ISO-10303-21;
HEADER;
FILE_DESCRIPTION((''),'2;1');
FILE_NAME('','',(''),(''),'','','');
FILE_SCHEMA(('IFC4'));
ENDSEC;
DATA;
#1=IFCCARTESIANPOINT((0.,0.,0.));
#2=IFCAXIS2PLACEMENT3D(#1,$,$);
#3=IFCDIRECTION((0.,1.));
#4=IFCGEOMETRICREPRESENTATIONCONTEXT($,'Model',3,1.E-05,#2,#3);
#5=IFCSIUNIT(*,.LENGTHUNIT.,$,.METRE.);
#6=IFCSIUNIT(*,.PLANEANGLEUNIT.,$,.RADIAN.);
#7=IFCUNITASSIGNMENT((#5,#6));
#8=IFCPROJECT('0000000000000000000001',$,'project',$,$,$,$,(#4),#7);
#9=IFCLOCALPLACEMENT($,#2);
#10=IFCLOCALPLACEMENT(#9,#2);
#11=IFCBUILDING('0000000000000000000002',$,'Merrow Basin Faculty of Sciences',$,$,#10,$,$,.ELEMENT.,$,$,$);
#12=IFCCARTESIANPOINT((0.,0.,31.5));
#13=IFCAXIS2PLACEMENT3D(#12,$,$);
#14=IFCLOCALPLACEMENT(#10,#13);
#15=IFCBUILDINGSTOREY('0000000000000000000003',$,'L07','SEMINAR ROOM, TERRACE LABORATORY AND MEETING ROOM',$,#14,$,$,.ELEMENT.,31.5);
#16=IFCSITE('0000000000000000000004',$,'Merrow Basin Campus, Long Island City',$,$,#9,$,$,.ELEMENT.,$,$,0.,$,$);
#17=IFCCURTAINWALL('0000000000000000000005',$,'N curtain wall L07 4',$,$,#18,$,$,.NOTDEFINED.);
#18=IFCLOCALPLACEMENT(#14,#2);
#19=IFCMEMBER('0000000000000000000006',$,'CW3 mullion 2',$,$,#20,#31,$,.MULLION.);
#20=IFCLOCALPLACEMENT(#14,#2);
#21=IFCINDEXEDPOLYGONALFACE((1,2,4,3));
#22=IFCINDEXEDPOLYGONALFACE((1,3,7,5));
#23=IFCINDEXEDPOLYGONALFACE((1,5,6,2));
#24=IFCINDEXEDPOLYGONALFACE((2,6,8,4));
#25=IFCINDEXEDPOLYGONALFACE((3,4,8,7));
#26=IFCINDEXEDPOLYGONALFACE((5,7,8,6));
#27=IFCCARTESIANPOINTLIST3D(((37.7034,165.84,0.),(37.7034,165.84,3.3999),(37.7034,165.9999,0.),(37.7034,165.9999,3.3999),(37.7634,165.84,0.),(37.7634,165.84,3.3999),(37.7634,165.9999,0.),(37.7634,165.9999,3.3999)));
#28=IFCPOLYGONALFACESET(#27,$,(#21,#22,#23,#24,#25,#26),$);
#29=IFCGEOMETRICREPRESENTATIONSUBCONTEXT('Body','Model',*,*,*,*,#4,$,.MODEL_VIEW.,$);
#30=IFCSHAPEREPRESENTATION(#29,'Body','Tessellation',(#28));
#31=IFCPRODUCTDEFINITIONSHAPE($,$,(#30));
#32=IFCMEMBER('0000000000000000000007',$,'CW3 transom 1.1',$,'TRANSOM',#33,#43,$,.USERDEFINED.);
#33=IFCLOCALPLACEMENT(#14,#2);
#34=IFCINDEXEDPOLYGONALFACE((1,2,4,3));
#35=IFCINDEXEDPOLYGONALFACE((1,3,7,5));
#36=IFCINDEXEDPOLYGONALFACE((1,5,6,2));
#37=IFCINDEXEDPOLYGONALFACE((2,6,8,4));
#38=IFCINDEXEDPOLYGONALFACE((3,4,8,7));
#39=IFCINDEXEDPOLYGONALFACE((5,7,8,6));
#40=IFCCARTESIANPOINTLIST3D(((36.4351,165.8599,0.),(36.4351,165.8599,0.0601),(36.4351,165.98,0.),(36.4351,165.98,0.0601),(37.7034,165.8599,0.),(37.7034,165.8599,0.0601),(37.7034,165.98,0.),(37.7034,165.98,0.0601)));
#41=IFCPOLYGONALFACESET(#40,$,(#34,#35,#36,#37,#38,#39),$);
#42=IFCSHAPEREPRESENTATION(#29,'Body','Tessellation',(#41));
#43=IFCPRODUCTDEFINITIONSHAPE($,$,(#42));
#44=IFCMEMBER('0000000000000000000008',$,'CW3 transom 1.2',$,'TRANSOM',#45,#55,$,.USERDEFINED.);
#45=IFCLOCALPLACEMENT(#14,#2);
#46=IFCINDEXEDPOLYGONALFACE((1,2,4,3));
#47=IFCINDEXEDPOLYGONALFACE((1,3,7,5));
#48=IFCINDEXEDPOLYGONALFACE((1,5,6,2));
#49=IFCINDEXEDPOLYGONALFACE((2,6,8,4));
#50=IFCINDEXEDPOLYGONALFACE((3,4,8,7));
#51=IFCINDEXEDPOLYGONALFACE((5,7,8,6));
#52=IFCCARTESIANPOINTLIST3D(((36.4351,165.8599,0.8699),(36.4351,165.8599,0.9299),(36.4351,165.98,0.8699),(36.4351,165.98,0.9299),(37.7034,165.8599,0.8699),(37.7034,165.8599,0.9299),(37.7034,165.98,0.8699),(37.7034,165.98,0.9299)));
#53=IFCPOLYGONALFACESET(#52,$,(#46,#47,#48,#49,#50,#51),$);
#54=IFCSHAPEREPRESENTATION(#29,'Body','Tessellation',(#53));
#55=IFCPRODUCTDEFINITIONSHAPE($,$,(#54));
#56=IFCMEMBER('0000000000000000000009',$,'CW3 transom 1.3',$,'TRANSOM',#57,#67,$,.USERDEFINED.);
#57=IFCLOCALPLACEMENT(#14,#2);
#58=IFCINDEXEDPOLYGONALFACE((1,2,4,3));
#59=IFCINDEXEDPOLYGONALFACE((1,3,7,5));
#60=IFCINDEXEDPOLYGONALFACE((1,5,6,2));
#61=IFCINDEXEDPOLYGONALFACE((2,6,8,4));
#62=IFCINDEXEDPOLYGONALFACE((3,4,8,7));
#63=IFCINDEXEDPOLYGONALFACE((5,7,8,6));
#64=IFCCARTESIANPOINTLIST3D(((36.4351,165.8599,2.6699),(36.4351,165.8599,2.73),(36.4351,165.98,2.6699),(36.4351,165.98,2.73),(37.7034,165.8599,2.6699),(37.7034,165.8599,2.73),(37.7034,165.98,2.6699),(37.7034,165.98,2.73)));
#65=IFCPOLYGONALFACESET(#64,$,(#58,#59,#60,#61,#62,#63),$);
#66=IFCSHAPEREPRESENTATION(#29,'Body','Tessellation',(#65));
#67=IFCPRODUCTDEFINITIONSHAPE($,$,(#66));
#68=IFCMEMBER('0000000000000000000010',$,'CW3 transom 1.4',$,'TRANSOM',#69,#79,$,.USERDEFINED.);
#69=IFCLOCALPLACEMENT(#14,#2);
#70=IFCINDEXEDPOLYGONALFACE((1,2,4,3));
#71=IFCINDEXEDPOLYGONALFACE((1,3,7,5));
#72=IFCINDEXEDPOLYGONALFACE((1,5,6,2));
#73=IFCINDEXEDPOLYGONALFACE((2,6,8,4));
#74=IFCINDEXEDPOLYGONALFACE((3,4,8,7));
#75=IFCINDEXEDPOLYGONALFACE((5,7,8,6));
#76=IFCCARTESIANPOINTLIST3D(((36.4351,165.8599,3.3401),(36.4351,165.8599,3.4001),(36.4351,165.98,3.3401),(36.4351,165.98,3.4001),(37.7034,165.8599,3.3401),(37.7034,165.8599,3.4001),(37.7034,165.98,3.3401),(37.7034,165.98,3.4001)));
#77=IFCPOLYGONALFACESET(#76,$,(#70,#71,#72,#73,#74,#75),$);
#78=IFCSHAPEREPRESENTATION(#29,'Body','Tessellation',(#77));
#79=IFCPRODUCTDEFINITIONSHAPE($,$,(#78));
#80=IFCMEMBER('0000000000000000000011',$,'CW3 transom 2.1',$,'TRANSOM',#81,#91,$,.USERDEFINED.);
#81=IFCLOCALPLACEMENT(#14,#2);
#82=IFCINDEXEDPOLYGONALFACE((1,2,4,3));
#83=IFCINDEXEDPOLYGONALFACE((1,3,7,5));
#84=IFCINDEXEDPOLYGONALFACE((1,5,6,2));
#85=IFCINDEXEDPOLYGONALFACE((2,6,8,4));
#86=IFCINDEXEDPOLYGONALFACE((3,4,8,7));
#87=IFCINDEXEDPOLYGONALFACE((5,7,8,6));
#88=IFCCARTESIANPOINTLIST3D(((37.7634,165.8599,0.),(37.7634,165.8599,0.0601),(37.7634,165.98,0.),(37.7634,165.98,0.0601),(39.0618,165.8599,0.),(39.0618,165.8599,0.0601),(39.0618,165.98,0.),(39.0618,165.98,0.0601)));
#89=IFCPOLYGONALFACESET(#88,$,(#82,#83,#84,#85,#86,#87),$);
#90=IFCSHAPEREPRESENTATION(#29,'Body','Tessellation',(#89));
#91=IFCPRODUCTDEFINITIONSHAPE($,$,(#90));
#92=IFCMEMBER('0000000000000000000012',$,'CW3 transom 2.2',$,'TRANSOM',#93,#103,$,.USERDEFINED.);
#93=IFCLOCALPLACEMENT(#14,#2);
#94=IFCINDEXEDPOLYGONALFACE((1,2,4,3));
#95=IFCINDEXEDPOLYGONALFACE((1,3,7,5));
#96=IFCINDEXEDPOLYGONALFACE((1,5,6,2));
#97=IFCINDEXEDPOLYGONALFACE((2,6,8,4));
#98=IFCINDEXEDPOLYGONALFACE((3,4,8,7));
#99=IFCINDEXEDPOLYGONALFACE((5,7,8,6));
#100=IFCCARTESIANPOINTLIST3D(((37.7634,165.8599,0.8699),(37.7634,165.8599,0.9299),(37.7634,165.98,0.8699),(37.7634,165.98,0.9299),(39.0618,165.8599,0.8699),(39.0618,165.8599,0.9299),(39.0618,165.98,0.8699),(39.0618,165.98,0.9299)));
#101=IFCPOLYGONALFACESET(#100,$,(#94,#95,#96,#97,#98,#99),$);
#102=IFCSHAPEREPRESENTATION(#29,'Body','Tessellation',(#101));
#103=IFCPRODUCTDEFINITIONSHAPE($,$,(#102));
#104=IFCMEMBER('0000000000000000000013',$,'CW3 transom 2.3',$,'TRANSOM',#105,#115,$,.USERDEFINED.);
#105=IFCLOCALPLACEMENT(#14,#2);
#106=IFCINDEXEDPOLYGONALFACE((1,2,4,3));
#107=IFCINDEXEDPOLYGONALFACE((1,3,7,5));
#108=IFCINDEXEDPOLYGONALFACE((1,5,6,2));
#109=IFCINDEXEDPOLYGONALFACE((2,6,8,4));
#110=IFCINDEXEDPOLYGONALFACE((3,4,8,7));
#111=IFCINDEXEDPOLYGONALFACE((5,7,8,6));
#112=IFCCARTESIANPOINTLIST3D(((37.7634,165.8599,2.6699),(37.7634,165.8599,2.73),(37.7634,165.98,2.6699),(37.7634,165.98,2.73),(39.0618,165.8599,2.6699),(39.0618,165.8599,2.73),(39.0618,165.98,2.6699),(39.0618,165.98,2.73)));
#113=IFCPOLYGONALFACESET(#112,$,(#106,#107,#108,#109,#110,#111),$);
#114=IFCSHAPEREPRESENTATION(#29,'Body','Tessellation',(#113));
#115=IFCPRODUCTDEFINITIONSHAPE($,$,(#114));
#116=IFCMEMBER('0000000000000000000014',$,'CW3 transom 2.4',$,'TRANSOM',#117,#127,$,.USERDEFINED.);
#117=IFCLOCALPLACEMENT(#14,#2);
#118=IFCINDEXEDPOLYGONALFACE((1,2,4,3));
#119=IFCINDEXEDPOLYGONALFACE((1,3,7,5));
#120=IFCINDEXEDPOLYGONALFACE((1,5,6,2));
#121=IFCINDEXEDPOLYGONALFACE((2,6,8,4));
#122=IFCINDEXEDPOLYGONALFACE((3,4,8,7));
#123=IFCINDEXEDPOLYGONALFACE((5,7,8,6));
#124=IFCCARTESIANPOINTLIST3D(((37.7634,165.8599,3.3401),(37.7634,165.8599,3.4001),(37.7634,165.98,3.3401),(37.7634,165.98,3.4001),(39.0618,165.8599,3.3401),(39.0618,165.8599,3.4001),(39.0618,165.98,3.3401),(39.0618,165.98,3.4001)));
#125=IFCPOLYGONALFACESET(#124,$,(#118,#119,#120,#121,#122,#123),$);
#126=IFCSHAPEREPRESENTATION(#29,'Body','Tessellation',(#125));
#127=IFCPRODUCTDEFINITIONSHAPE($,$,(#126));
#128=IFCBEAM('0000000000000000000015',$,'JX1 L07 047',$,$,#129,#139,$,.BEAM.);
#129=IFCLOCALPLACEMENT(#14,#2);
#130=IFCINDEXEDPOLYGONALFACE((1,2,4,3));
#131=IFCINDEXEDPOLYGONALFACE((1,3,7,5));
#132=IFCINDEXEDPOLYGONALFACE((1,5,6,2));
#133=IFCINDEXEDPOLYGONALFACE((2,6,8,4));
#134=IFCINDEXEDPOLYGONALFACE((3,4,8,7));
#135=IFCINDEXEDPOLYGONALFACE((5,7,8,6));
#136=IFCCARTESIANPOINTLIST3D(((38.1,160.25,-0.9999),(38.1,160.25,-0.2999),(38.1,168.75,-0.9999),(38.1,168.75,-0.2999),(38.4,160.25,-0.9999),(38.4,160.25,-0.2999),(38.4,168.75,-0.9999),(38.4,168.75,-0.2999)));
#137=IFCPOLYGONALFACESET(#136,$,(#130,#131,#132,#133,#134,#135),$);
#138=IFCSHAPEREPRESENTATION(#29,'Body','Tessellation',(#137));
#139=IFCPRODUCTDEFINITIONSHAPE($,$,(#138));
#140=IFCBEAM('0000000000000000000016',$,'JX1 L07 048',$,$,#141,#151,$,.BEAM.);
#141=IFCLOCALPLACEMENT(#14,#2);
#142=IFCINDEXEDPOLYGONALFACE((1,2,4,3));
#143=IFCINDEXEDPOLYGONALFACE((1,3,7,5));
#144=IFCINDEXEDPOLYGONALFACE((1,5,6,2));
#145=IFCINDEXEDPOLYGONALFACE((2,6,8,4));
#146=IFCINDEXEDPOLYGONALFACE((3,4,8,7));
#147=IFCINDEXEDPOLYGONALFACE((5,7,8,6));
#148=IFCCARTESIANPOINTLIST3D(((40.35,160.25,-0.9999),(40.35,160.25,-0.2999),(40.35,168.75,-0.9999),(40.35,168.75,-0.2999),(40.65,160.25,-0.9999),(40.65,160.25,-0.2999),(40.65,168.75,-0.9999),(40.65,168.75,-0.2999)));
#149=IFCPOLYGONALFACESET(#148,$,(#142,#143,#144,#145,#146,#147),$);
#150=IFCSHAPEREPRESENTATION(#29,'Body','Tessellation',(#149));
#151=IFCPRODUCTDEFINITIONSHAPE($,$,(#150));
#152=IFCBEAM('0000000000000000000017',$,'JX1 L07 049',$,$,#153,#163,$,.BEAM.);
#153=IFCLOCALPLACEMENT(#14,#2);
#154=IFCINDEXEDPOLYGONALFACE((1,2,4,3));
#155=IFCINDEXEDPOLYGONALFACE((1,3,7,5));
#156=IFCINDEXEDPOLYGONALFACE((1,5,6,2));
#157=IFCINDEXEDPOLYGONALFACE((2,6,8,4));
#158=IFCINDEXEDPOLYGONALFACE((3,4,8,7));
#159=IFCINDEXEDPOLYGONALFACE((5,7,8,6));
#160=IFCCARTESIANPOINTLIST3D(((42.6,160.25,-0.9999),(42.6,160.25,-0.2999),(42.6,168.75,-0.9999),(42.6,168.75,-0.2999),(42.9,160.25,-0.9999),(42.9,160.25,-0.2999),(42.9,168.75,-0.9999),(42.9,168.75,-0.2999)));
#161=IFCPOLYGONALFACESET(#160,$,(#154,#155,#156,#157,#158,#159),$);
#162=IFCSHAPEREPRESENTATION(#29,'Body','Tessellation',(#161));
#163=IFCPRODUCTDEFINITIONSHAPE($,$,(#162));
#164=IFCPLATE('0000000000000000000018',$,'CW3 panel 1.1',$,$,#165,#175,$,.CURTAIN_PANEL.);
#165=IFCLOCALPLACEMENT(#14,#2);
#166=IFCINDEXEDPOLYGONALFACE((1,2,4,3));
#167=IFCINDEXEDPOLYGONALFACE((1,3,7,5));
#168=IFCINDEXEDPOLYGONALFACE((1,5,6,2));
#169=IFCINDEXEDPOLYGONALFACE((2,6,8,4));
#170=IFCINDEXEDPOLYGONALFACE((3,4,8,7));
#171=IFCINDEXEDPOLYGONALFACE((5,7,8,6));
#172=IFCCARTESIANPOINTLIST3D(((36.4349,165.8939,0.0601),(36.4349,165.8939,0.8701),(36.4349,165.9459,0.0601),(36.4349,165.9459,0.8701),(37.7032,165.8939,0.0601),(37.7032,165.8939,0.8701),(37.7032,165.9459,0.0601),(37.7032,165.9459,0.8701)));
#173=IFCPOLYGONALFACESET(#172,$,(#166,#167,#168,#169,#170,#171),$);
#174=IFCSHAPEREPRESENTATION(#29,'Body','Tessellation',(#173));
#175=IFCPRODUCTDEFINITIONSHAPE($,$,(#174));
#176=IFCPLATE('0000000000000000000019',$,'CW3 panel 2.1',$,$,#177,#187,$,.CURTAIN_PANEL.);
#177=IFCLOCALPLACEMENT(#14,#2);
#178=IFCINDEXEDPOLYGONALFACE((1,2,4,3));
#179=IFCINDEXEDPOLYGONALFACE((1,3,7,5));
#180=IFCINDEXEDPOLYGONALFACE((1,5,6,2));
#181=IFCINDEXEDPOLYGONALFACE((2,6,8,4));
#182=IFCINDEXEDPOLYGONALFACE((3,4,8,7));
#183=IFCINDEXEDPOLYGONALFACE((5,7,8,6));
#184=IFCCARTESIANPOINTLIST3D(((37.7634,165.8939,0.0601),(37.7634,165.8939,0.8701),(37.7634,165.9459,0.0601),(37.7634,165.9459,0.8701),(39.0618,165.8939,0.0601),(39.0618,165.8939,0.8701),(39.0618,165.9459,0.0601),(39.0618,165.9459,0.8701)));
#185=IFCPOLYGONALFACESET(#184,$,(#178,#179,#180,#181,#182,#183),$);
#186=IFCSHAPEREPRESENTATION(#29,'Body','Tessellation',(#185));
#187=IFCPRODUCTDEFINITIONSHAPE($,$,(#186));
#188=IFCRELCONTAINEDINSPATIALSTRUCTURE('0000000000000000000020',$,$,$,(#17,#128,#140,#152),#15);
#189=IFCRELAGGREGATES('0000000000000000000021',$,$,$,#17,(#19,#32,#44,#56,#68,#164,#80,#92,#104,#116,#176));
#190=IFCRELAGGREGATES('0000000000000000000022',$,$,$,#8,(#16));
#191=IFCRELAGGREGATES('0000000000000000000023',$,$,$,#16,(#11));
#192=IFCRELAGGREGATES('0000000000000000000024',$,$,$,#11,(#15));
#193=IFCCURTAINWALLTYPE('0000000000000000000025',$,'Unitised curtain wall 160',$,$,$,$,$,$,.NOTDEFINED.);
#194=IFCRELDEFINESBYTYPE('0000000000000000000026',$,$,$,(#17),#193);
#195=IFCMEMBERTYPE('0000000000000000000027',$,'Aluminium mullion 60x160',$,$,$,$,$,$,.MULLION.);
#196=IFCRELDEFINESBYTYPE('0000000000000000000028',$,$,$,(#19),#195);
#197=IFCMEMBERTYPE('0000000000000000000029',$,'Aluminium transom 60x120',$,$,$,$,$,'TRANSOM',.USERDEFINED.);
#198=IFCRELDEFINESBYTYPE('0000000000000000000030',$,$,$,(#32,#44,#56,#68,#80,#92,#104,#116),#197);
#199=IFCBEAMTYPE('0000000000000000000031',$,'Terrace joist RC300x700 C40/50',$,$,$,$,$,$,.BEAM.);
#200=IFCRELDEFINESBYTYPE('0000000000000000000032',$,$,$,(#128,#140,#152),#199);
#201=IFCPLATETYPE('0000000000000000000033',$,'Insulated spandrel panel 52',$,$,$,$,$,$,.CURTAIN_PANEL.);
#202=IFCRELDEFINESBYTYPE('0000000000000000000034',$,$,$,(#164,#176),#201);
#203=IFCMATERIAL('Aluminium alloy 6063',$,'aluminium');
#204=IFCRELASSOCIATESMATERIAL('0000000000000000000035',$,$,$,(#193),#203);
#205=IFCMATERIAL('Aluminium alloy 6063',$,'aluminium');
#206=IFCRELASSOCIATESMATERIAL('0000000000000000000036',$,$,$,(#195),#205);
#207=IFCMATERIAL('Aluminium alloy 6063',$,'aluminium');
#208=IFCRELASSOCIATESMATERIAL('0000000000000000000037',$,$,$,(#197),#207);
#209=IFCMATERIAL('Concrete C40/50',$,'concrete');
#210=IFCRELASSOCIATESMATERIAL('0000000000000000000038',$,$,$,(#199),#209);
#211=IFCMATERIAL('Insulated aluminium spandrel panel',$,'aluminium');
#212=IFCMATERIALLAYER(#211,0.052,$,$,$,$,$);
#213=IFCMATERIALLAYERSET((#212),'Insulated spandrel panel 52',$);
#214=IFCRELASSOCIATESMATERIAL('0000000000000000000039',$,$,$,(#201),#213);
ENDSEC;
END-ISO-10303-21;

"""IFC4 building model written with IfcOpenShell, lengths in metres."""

from ifc_helpers import new_model, si_unit, direction, frame, origin, origin_2d, place, context, subcontext, project, spatial, rectangle, extrude, material, layer, layer_set, material_profile, profile_set, type_object, element, aggregate, save


model = new_model("IFC4")

# Units and contexts
model_context = context("Model", 3, precision=1e-05, world=origin(), true_north=direction((0.0, 1.0)))
body_context = subcontext(model_context, "Body", "Model", "MODEL_VIEW")
ifc_project = project(units=[si_unit("LENGTHUNIT", "METRE"), si_unit("PLANEANGLEUNIT", "RADIAN")], contexts=[model_context])

# Site, building, storey
site_placement = place(None, origin())
site = spatial("IfcSite", under=ifc_project, at=site_placement, Name="Merrow Basin Campus, Long Island City", CompositionType="ELEMENT", RefElevation=0.0)
building_placement = place(site_placement, origin())
building = spatial("IfcBuilding", under=site, at=building_placement, Name="Merrow Basin Faculty of Sciences", CompositionType="ELEMENT")
storey_placement = place(building_placement, frame((0.0, 0.0, 31.5)))
storey = spatial("IfcBuildingStorey", under=building, at=storey_placement, Name="L07", Description="SEMINAR ROOM, TERRACE LABORATORY AND MEETING ROOM", CompositionType="ELEMENT", Elevation=31.5)

# Curtain wall, members
ifc_material_1 = material(Name="Aluminium alloy 6063", Category="aluminium")
curtain_wall_type = type_object("IfcCurtainWallType", Name="Unitised curtain wall 160", PredefinedType="NOTDEFINED", material=ifc_material_1)
curtain_wall_placement = place(storey_placement, origin())
curtain_wall = element("IfcCurtainWall", 1, at=curtain_wall_placement, inside=storey, type_object=curtain_wall_type, Name="N curtain wall L07 4", PredefinedType="NOTDEFINED")
ifc_material_2 = material(Name="Aluminium alloy 6063", Category="aluminium")
ifc_material_profile_1 = material_profile(ifc_material_2, rectangle(XDim=0.1599, YDim=0.0601, at=origin_2d()))
ifc_profile_set_1 = profile_set([ifc_material_profile_1], Name="Aluminium alloy 6063")
member_type_1 = type_object("IfcMemberType", Name="Aluminium mullion 60x160", PredefinedType="MULLION", material=ifc_profile_set_1)
member_1_placement = place(storey_placement, frame((37.7334, 165.9199, 0.0), z_axis=(0.0, 0.0, 1.0), x_axis=(0.0, 1.0, 0.0)))
member_1 = element("IfcMember", 2, at=member_1_placement, type_object=member_type_1, Name="CW3 mullion 2", PredefinedType="MULLION", context=body_context, shape_type="SweptSolid", body=[
    extrude(rectangle(XDim=0.1599, YDim=0.0601, at=origin_2d()), origin(), (0.0, 0.0, 1.0), 3.3999),
])
ifc_material_3 = material(Name="Aluminium alloy 6063", Category="aluminium")
ifc_material_profile_2 = material_profile(ifc_material_3, rectangle(XDim=0.1201, YDim=0.0601, at=origin_2d()))
ifc_profile_set_2 = profile_set([ifc_material_profile_2], Name="Aluminium alloy 6063")
member_type_2 = type_object("IfcMemberType", Name="Aluminium transom 60x120", ElementType="TRANSOM", PredefinedType="USERDEFINED", material=ifc_profile_set_2)
member_2_placement = place(storey_placement, frame((36.4351, 165.9199, 0.03), z_axis=(1.0, 0.0, 0.0), x_axis=(0.0, 1.0, 0.0)))
member_2 = element("IfcMember", 3, at=member_2_placement, type_object=member_type_2, Name="CW3 transom 1.1", ObjectType="TRANSOM", PredefinedType="USERDEFINED", context=body_context, shape_type="SweptSolid", body=[
    extrude(rectangle(XDim=0.1201, YDim=0.0601, at=origin_2d()), origin(), (0.0, 0.0, 1.0), 1.2683),
])
member_3_placement = place(storey_placement, frame((36.4351, 165.9199, 0.8999), z_axis=(1.0, 0.0, 0.0), x_axis=(0.0, 1.0, 0.0)))
member_3 = element("IfcMember", 4, at=member_3_placement, type_object=member_type_2, Name="CW3 transom 1.2", ObjectType="TRANSOM", PredefinedType="USERDEFINED", context=body_context, shape_type="SweptSolid", body=[
    extrude(rectangle(XDim=0.1201, YDim=0.0601, at=origin_2d()), origin(), (0.0, 0.0, 1.0), 1.2683),
])
member_4_placement = place(storey_placement, frame((36.4351, 165.9199, 2.7), z_axis=(1.0, 0.0, 0.0), x_axis=(0.0, 1.0, 0.0)))
member_4 = element("IfcMember", 5, at=member_4_placement, type_object=member_type_2, Name="CW3 transom 1.3", ObjectType="TRANSOM", PredefinedType="USERDEFINED", context=body_context, shape_type="SweptSolid", body=[
    extrude(rectangle(XDim=0.1201, YDim=0.0601, at=origin_2d()), origin(), (0.0, 0.0, 1.0), 1.2683),
])
member_5_placement = place(storey_placement, frame((36.4351, 165.9199, 3.3701), z_axis=(1.0, 0.0, 0.0), x_axis=(0.0, 1.0, 0.0)))
member_5 = element("IfcMember", 6, at=member_5_placement, type_object=member_type_2, Name="CW3 transom 1.4", ObjectType="TRANSOM", PredefinedType="USERDEFINED", context=body_context, shape_type="SweptSolid", body=[
    extrude(rectangle(XDim=0.1201, YDim=0.0601, at=origin_2d()), origin(), (0.0, 0.0, 1.0), 1.2683),
])
member_6_placement = place(storey_placement, frame((37.7634, 165.9199, 0.03), z_axis=(1.0, 0.0, 0.0), x_axis=(0.0, 1.0, 0.0)))
member_6 = element("IfcMember", 7, at=member_6_placement, type_object=member_type_2, Name="CW3 transom 2.1", ObjectType="TRANSOM", PredefinedType="USERDEFINED", context=body_context, shape_type="SweptSolid", body=[
    extrude(rectangle(XDim=0.1201, YDim=0.0601, at=origin_2d()), origin(), (0.0, 0.0, 1.0), 1.2983),
])
member_7_placement = place(storey_placement, frame((37.7634, 165.9199, 0.8999), z_axis=(1.0, 0.0, 0.0), x_axis=(0.0, 1.0, 0.0)))
member_7 = element("IfcMember", 8, at=member_7_placement, type_object=member_type_2, Name="CW3 transom 2.2", ObjectType="TRANSOM", PredefinedType="USERDEFINED", context=body_context, shape_type="SweptSolid", body=[
    extrude(rectangle(XDim=0.1201, YDim=0.0601, at=origin_2d()), origin(), (0.0, 0.0, 1.0), 1.2983),
])
member_8_placement = place(storey_placement, frame((37.7634, 165.9199, 2.7), z_axis=(1.0, 0.0, 0.0), x_axis=(0.0, 1.0, 0.0)))
member_8 = element("IfcMember", 9, at=member_8_placement, type_object=member_type_2, Name="CW3 transom 2.3", ObjectType="TRANSOM", PredefinedType="USERDEFINED", context=body_context, shape_type="SweptSolid", body=[
    extrude(rectangle(XDim=0.1201, YDim=0.0601, at=origin_2d()), origin(), (0.0, 0.0, 1.0), 1.2983),
])
member_9_placement = place(storey_placement, frame((37.7634, 165.9199, 3.3701), z_axis=(1.0, 0.0, 0.0), x_axis=(0.0, 1.0, 0.0)))
member_9 = element("IfcMember", 10, at=member_9_placement, type_object=member_type_2, Name="CW3 transom 2.4", ObjectType="TRANSOM", PredefinedType="USERDEFINED", context=body_context, shape_type="SweptSolid", body=[
    extrude(rectangle(XDim=0.1201, YDim=0.0601, at=origin_2d()), origin(), (0.0, 0.0, 1.0), 1.2983),
])

# Beams
ifc_material_4 = material(Name="Concrete C40/50", Category="concrete")
ifc_material_profile_3 = material_profile(ifc_material_4, rectangle(XDim=0.3, YDim=0.7, at=origin_2d()))
ifc_profile_set_3 = profile_set([ifc_material_profile_3], Name="Concrete C40/50")
beam_type = type_object("IfcBeamType", Name="Terrace joist RC300x700 C40/50", PredefinedType="BEAM", material=ifc_profile_set_3)
for number, where, z_axis, x_axis, name in (
    (11, (38.25, 160.25, -0.6499), (0.0, 1.0, 0.0), (-1.0, 0.0, 0.0), "JX1 L07 047"),
    (12, (40.5, 160.25, -0.6499), (0.0, 1.0, 0.0), (-1.0, 0.0, 0.0), "JX1 L07 048"),
    (13, (42.75, 160.25, -0.6499), (0.0, 1.0, 0.0), (-1.0, 0.0, 0.0), "JX1 L07 049"),
):
    element("IfcBeam", number, at=place(storey_placement, frame(where, z_axis=z_axis, x_axis=x_axis)), inside=storey, type_object=beam_type, Name=name, PredefinedType="BEAM", context=body_context, shape_type="SweptSolid", body=[
        extrude(rectangle(XDim=0.3, YDim=0.7, at=origin_2d()), origin(), (0.0, 0.0, 1.0), 8.5),
    ])

# Plates
ifc_material_5 = material(Name="Insulated aluminium spandrel panel", Category="aluminium")
ifc_layer_1 = layer(ifc_material_5, 0.052)
ifc_layer_set_1 = layer_set([ifc_layer_1], Name="Insulated spandrel panel 52")
plate_type_1 = type_object("IfcPlateType", Name="Insulated spandrel panel 52", PredefinedType="CURTAIN_PANEL", material=ifc_layer_set_1)
plate_1_placement = place(storey_placement, frame((37.0691, 165.9199, 0.0601), z_axis=(0.0, 0.0, 1.0), x_axis=(1.0, 0.0, 0.0)))
plate_1 = element("IfcPlate", 14, at=plate_1_placement, type_object=plate_type_1, Name="CW3 panel 1.1", PredefinedType="CURTAIN_PANEL", context=body_context, shape_type="SweptSolid", body=[
    extrude(rectangle(XDim=1.2683, YDim=0.052, at=origin_2d()), origin(), (0.0, 0.0, 1.0), 0.8101),
])
plate_2_placement = place(storey_placement, frame((38.4126, 165.9199, 0.0601), z_axis=(0.0, 0.0, 1.0), x_axis=(1.0, 0.0, 0.0)))
plate_2 = element("IfcPlate", 15, at=plate_2_placement, type_object=plate_type_1, Name="CW3 panel 2.1", PredefinedType="CURTAIN_PANEL", context=body_context, shape_type="SweptSolid", body=[
    extrude(rectangle(XDim=1.2983, YDim=0.052, at=origin_2d()), origin(), (0.0, 0.0, 1.0), 0.8101),
])
aggregate(curtain_wall, [member_1, member_2, member_3, member_4, member_5, plate_1, member_6, member_7, member_8, member_9, plate_2])

save(model, "model.ifc")
